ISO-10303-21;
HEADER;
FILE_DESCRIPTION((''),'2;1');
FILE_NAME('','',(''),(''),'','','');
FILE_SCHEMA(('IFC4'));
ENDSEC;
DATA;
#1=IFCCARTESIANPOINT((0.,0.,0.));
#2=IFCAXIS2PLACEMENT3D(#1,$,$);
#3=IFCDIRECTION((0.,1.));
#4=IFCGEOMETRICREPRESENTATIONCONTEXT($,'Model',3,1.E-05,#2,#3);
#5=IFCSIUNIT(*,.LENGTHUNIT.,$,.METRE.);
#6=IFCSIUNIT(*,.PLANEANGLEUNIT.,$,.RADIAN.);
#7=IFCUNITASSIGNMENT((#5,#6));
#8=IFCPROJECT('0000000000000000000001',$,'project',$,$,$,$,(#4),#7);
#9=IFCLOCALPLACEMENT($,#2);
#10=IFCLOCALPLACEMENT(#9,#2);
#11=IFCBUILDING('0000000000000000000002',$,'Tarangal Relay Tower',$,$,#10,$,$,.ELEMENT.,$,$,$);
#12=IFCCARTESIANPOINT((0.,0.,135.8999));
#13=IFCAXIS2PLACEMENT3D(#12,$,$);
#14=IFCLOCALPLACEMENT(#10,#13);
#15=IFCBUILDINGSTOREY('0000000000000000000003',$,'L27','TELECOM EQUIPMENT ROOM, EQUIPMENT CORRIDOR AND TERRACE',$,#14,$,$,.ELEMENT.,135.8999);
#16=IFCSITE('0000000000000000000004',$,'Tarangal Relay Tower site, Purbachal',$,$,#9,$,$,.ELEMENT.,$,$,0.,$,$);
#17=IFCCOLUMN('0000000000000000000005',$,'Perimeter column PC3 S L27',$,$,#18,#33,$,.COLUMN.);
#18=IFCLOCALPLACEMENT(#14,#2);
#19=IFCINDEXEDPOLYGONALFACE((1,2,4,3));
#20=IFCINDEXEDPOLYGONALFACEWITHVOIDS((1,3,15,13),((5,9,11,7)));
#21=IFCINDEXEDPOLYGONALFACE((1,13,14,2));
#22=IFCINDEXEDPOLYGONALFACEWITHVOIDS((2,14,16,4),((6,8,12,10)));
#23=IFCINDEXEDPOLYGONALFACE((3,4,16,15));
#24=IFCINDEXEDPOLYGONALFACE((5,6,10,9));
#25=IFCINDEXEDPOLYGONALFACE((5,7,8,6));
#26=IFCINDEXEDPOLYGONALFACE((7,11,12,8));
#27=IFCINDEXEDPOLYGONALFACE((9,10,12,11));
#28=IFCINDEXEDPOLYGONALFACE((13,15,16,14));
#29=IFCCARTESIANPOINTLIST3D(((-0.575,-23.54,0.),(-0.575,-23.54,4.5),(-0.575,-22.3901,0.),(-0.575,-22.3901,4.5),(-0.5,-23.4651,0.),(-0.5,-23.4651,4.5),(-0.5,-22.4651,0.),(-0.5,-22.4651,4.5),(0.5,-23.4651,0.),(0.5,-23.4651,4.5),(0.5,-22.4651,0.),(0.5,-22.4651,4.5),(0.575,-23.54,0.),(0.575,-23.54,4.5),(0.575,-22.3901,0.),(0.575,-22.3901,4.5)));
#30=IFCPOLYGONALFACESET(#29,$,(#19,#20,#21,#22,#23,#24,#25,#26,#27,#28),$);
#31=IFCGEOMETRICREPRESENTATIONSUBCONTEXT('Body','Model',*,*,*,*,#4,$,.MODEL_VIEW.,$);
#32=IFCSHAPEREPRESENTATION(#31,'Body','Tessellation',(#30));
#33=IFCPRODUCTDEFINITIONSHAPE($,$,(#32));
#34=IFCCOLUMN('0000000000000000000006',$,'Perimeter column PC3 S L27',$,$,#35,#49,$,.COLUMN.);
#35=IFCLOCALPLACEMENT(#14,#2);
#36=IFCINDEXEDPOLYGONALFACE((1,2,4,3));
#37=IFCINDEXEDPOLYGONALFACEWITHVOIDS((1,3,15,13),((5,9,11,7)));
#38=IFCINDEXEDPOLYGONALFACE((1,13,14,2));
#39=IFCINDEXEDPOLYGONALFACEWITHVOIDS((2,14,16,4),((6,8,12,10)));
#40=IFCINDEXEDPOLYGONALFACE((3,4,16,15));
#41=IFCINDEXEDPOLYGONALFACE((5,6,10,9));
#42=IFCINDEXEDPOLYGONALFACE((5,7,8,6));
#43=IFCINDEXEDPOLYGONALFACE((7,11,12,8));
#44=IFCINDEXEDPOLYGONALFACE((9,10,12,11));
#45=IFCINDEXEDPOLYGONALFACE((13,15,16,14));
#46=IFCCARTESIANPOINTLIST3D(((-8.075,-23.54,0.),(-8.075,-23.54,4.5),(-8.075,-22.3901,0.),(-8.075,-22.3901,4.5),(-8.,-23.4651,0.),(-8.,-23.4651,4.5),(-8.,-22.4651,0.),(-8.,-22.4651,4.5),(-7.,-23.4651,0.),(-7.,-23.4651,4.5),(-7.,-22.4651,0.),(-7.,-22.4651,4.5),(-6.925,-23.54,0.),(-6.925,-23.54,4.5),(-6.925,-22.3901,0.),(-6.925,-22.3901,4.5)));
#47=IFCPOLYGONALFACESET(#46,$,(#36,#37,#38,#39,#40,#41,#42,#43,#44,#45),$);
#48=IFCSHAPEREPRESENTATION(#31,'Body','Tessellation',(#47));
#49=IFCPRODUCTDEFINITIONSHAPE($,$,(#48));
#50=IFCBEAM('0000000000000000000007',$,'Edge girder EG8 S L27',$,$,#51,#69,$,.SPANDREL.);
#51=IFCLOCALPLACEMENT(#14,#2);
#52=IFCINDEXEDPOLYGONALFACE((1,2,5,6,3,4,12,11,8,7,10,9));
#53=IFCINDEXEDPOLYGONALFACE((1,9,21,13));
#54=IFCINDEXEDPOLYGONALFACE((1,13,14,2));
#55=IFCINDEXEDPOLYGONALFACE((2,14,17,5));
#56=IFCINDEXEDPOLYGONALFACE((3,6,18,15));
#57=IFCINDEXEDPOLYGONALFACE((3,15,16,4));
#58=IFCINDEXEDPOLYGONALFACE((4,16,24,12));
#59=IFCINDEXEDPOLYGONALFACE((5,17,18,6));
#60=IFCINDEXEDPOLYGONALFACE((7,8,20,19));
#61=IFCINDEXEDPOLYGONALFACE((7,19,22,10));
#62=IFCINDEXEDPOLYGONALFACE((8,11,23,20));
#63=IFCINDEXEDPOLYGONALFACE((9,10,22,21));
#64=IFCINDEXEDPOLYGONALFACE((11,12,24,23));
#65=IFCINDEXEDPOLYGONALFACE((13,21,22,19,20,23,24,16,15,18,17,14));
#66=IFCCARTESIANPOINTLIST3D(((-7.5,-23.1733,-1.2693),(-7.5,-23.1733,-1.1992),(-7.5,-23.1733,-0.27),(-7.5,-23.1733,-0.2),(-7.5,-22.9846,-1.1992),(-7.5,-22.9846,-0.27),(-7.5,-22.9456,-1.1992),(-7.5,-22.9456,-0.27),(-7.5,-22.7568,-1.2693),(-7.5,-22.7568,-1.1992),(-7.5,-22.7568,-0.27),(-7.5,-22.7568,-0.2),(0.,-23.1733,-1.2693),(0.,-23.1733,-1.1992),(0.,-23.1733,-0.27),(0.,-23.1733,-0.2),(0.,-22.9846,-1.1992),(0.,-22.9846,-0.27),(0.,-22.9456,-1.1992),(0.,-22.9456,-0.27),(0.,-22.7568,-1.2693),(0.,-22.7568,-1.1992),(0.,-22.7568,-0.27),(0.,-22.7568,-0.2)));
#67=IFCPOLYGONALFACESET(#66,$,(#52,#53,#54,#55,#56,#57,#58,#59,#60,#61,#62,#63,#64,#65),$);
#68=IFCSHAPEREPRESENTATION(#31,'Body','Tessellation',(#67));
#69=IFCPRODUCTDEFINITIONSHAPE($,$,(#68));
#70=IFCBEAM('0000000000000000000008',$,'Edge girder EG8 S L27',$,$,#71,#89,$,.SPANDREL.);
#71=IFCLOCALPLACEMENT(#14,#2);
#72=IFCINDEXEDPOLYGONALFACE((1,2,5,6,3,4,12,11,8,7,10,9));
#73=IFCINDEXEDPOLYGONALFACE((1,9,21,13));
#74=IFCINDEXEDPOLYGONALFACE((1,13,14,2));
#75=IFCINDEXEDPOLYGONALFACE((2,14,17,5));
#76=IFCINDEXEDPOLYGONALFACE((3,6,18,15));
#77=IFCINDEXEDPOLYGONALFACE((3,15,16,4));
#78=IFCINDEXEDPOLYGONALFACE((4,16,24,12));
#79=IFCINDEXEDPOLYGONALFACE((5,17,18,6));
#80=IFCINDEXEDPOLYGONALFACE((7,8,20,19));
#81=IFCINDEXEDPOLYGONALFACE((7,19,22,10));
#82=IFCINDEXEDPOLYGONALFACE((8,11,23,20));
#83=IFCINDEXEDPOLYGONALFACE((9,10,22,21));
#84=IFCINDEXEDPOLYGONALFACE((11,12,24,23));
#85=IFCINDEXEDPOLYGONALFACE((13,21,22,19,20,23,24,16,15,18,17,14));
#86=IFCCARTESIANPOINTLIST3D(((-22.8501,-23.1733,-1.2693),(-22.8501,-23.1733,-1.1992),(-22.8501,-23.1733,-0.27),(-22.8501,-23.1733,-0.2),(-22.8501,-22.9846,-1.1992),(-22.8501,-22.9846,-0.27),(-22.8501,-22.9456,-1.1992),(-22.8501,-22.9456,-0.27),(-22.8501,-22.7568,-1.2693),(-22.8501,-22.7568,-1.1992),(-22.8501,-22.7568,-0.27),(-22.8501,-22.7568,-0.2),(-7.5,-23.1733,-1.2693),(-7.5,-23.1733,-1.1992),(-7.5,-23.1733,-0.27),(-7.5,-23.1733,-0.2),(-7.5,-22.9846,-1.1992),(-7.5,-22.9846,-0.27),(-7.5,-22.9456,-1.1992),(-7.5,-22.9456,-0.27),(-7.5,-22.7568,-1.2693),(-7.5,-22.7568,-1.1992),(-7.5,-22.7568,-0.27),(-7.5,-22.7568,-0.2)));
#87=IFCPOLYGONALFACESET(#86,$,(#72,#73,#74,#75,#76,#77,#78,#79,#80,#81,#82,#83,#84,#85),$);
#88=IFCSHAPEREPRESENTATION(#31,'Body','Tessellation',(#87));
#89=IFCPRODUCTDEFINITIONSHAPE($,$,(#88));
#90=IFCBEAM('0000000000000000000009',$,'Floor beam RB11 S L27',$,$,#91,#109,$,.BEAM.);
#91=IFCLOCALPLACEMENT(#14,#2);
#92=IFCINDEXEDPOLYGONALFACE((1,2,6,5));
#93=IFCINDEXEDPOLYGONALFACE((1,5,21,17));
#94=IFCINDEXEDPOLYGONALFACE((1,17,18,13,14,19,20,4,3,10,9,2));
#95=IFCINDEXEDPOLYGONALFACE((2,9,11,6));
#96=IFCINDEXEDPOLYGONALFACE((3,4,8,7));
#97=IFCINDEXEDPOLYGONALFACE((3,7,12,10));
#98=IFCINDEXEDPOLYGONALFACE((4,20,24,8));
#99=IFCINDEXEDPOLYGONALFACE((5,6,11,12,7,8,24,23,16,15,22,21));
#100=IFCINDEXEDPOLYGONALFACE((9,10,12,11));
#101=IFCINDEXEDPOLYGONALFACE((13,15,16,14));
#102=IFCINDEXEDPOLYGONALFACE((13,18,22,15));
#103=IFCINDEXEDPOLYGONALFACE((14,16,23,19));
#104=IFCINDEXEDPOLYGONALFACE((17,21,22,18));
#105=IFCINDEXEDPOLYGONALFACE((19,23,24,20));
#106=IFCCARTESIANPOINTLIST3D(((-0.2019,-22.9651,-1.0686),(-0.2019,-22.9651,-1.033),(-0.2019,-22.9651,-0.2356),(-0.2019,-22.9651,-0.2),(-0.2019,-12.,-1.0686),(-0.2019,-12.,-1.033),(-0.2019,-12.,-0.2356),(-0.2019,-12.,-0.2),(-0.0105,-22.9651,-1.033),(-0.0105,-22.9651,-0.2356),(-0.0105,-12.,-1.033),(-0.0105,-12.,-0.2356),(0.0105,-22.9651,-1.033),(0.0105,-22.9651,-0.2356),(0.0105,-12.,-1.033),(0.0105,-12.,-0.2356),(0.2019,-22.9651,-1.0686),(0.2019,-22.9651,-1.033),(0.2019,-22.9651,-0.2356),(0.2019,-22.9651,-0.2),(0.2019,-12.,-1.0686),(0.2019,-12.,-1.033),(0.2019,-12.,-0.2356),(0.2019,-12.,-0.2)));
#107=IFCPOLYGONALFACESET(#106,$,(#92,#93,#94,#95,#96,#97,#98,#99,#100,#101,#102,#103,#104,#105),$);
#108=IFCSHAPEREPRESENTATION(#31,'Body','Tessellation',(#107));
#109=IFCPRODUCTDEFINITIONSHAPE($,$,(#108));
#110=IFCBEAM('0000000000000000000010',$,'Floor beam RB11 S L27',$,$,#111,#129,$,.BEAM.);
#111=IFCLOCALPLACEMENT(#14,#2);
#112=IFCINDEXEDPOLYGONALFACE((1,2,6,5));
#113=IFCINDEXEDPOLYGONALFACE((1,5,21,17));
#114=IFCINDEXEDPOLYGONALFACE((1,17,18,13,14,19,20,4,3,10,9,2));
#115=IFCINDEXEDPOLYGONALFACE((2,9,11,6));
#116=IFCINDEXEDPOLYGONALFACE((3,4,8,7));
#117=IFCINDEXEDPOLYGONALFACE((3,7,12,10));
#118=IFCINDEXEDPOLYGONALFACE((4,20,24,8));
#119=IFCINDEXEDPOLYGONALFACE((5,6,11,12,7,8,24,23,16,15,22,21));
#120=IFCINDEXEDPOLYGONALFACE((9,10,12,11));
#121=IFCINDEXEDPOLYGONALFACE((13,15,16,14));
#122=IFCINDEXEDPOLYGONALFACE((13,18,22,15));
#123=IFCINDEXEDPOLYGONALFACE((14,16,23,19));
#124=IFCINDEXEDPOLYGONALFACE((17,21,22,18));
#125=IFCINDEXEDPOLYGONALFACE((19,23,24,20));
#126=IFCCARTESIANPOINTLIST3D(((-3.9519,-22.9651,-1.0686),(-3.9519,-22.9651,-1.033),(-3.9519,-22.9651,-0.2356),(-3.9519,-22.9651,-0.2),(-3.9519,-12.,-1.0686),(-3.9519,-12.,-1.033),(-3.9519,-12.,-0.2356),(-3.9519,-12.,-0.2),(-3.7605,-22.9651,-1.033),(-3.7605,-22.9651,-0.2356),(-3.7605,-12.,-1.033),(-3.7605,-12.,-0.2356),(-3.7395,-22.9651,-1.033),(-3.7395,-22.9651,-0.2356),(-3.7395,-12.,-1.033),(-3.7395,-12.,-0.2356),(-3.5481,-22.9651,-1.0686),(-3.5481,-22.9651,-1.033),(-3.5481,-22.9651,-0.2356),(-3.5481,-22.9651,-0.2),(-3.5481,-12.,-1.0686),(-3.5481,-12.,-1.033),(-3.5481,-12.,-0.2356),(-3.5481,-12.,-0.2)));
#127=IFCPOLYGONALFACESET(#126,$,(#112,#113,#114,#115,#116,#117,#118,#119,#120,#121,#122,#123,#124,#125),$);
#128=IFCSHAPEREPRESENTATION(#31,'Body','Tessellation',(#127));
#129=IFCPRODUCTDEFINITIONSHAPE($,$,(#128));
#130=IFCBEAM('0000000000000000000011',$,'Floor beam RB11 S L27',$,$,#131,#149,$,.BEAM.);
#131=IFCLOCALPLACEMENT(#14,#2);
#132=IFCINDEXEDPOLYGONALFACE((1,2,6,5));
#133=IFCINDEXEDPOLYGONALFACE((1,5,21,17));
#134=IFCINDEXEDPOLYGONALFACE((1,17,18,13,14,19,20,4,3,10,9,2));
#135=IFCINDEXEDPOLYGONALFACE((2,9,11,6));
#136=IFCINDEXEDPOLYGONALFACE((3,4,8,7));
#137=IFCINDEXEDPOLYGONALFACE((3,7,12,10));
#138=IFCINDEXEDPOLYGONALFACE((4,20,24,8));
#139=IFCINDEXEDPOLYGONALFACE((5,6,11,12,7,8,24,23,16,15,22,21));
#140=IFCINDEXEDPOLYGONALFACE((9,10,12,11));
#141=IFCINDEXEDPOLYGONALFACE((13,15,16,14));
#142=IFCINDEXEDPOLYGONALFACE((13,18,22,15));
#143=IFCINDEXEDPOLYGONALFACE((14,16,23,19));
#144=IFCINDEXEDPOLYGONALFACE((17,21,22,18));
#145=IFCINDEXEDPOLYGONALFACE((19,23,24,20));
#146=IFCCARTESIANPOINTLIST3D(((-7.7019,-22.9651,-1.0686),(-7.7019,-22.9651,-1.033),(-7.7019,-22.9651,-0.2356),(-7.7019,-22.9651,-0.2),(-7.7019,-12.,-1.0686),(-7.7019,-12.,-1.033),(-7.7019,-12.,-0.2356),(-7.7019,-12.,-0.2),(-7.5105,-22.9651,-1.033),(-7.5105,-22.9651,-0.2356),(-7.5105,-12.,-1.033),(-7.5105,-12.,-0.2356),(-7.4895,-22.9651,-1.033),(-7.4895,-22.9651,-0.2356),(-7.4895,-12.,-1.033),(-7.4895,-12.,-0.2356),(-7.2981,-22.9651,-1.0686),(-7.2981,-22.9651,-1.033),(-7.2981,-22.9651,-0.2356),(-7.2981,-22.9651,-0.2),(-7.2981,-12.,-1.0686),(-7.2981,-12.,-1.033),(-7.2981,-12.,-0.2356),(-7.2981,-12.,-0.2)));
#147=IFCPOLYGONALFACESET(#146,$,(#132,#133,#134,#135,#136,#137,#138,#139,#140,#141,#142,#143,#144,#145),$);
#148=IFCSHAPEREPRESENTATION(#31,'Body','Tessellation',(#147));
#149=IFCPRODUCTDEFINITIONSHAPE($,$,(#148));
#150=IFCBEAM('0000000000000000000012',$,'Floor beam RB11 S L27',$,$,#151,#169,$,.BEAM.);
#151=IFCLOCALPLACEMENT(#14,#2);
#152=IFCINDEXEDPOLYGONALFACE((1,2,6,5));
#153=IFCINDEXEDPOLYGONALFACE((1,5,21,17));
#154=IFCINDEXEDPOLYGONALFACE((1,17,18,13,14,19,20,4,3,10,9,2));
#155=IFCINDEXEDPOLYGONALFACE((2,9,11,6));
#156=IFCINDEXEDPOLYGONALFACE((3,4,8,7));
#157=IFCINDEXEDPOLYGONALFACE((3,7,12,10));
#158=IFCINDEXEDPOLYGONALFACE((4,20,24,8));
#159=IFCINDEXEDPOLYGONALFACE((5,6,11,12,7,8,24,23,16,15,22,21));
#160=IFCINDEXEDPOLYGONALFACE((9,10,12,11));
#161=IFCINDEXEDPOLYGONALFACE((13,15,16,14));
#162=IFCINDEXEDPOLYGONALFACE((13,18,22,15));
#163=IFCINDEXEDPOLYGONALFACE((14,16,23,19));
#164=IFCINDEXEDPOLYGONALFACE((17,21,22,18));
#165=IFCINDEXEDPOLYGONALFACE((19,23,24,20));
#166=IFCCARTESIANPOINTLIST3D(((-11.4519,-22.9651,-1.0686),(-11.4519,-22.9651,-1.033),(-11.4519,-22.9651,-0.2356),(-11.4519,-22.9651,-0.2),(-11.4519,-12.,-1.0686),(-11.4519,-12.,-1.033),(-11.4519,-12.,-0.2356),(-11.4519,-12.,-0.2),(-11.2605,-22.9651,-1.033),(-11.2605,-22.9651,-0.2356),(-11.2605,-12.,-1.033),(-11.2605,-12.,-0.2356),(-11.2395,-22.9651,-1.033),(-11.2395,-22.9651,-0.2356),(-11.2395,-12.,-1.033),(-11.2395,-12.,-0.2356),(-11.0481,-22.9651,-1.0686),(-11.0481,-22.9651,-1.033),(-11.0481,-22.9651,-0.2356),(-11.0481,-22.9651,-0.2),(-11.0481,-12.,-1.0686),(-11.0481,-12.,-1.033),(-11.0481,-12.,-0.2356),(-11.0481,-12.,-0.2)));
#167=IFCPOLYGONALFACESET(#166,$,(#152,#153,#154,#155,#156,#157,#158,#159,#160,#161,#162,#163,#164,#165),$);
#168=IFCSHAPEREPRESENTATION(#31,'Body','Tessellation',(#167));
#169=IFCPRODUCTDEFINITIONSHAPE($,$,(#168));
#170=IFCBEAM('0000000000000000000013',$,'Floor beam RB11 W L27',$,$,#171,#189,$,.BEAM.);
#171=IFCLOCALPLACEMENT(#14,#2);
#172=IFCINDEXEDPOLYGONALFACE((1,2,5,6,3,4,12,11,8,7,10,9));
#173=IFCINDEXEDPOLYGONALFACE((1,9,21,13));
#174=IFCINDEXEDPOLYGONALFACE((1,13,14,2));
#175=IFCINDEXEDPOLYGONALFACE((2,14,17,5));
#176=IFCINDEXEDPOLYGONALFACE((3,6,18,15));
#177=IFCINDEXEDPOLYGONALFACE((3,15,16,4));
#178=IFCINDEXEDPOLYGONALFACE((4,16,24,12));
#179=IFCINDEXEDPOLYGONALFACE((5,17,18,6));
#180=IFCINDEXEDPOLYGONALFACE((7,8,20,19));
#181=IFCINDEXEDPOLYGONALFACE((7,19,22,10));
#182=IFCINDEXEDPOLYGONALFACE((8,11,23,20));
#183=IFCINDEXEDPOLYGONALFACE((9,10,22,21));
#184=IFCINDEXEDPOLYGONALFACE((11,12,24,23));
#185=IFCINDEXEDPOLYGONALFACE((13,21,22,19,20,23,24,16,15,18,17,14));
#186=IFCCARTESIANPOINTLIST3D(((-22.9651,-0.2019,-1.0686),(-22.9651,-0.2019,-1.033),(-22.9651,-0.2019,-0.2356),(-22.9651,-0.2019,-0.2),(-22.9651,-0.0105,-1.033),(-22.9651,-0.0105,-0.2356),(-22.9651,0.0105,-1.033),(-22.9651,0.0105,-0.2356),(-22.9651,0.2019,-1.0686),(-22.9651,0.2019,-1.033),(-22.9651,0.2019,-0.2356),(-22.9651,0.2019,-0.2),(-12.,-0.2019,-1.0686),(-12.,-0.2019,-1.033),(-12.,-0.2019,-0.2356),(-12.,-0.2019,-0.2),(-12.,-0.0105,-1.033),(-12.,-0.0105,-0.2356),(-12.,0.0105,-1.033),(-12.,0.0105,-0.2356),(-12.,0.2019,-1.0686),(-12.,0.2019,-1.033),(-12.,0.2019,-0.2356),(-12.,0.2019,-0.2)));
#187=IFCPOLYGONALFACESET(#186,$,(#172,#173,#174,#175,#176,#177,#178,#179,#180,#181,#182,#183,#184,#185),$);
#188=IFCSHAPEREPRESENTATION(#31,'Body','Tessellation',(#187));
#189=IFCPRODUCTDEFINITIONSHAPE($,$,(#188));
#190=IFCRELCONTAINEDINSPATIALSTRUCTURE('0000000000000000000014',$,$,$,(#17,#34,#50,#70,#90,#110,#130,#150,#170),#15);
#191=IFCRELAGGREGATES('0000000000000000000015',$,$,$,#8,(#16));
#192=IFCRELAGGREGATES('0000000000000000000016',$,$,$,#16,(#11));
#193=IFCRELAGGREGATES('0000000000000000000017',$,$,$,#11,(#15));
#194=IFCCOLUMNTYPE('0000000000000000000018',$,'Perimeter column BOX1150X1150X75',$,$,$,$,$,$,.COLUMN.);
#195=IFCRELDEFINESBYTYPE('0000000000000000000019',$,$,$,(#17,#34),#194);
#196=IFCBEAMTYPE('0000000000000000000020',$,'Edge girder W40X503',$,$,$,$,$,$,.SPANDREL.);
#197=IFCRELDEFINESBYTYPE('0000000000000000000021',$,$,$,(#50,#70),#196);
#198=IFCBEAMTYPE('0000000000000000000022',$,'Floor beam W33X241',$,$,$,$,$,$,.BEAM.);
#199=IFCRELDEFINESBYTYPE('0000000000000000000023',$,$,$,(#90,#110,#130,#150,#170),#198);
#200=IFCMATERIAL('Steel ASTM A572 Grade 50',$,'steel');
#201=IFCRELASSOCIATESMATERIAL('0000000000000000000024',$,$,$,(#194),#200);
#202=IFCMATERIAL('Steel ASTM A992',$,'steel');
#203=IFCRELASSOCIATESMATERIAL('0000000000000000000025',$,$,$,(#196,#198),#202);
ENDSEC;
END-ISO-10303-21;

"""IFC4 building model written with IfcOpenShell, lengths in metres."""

from ifc_helpers import new_model, si_unit, direction, frame, origin, origin_2d, place, context, subcontext, project, spatial, hollow_rectangle, i_section, extrude, material, material_profile, profile_set, type_object, element, save


model = new_model("IFC4")

# Units and contexts
model_context = context("Model", 3, precision=1e-05, world=origin(), true_north=direction((0.0, 1.0)))
body_context = subcontext(model_context, "Body", "Model", "MODEL_VIEW")
ifc_project = project(units=[si_unit("LENGTHUNIT", "METRE"), si_unit("PLANEANGLEUNIT", "RADIAN")], contexts=[model_context])

# Site, building, storey
site_placement = place(None, origin())
site = spatial("IfcSite", under=ifc_project, at=site_placement, Name="Tarangal Relay Tower site, Purbachal", CompositionType="ELEMENT", RefElevation=0.0)
building_placement = place(site_placement, origin())
building = spatial("IfcBuilding", under=site, at=building_placement, Name="Tarangal Relay Tower", CompositionType="ELEMENT")
storey_placement = place(building_placement, frame((0.0, 0.0, 135.8999)))
storey = spatial("IfcBuildingStorey", under=building, at=storey_placement, Name="L27", Description="TELECOM EQUIPMENT ROOM, EQUIPMENT CORRIDOR AND TERRACE", CompositionType="ELEMENT", Elevation=135.8999)

# Columns
ifc_material_1 = material(Name="Steel ASTM A572 Grade 50", Category="steel")
ifc_material_profile_1 = material_profile(ifc_material_1, hollow_rectangle(XDim=1.1499, YDim=1.1499, WallThickness=0.075, at=origin_2d()), Name="BOX1150X1150X75")
ifc_profile_set_1 = profile_set([ifc_material_profile_1], Name="Steel ASTM A572 Grade 50")
column_type = type_object("IfcColumnType", Name="Perimeter column BOX1150X1150X75", PredefinedType="COLUMN", material=ifc_profile_set_1)
for number, where, z_axis, x_axis, name in (
    (1, (0.0, -22.9651, 0.0), (0.0, 0.0, 1.0), (1.0, 0.0, 0.0), "Perimeter column PC3 S L27"),
    (2, (-7.5, -22.9651, 0.0), (0.0, 0.0, 1.0), (1.0, 0.0, 0.0), "Perimeter column PC3 S L27"),
):
    element("IfcColumn", number, at=place(storey_placement, frame(where, z_axis=z_axis, x_axis=x_axis)), inside=storey, type_object=column_type, Name=name, PredefinedType="COLUMN", context=body_context, shape_type="SweptSolid", body=[
        extrude(hollow_rectangle(XDim=1.1499, YDim=1.1499, WallThickness=0.075, at=origin_2d()), origin(), (0.0, 0.0, 1.0), 4.5),
    ])

# Beams
ifc_material_2 = material(Name="Steel ASTM A992", Category="steel")
ifc_material_profile_2 = material_profile(ifc_material_2, i_section(OverallWidth=0.4165, OverallDepth=1.0693, WebThickness=0.0391, FlangeThickness=0.0701, at=origin_2d()), Name="W40X503")
ifc_profile_set_2 = profile_set([ifc_material_profile_2], Name="Steel ASTM A992")
beam_type_1 = type_object("IfcBeamType", Name="Edge girder W40X503", PredefinedType="SPANDREL", material=ifc_profile_set_2)
beam_1_placement = place(storey_placement, frame((0.0, -22.9651, -0.7346), z_axis=(-1.0, 0.0, 0.0), x_axis=(0.0, -1.0, 0.0)))
element("IfcBeam", 3, at=beam_1_placement, inside=storey, type_object=beam_type_1, Name="Edge girder EG8 S L27", PredefinedType="SPANDREL", context=body_context, shape_type="SweptSolid", body=[
    extrude(i_section(OverallWidth=0.4165, OverallDepth=1.0693, WebThickness=0.0391, FlangeThickness=0.0701, at=origin_2d()), origin(), (0.0, 0.0, 1.0), 7.5),
])
beam_2_placement = place(storey_placement, frame((-7.5, -22.9651, -0.7346), z_axis=(-1.0, 0.0, 0.0), x_axis=(0.0, -1.0, 0.0)))
element("IfcBeam", 4, at=beam_2_placement, inside=storey, type_object=beam_type_1, Name="Edge girder EG8 S L27", PredefinedType="SPANDREL", context=body_context, shape_type="SweptSolid", body=[
    extrude(i_section(OverallWidth=0.4165, OverallDepth=1.0693, WebThickness=0.0391, FlangeThickness=0.0701, at=origin_2d()), origin(), (0.0, 0.0, 1.0), 15.3501),
])
ifc_material_profile_3 = material_profile(ifc_material_2, i_section(OverallWidth=0.4038, OverallDepth=0.8687, WebThickness=0.021, FlangeThickness=0.0356, at=origin_2d()), Name="W33X241")
ifc_profile_set_3 = profile_set([ifc_material_profile_3], Name="Steel ASTM A992")
beam_type_2 = type_object("IfcBeamType", Name="Floor beam W33X241", PredefinedType="BEAM", material=ifc_profile_set_3)
for number, where, z_axis, x_axis, name in (
    (5, (0.0, -12.0, -0.6343), (0.0, -1.0, 0.0), (1.0, 0.0, 0.0), "Floor beam RB11 S L27"),
    (6, (-3.75, -12.0, -0.6343), (0.0, -1.0, 0.0), (1.0, 0.0, 0.0), "Floor beam RB11 S L27"),
    (7, (-7.5, -12.0, -0.6343), (0.0, -1.0, 0.0), (1.0, 0.0, 0.0), "Floor beam RB11 S L27"),
    (8, (-11.25, -12.0, -0.6343), (0.0, -1.0, 0.0), (1.0, 0.0, 0.0), "Floor beam RB11 S L27"),
    (9, (-12.0, 0.0, -0.6343), (-1.0, 0.0, 0.0), (0.0, -1.0, 0.0), "Floor beam RB11 W L27"),
):
    element("IfcBeam", number, at=place(storey_placement, frame(where, z_axis=z_axis, x_axis=x_axis)), inside=storey, type_object=beam_type_2, Name=name, PredefinedType="BEAM", context=body_context, shape_type="SweptSolid", body=[
        extrude(i_section(OverallWidth=0.4038, OverallDepth=0.8687, WebThickness=0.021, FlangeThickness=0.0356, at=origin_2d()), origin(), (0.0, 0.0, 1.0), 10.9651),
    ])

save(model, "model.ifc")
